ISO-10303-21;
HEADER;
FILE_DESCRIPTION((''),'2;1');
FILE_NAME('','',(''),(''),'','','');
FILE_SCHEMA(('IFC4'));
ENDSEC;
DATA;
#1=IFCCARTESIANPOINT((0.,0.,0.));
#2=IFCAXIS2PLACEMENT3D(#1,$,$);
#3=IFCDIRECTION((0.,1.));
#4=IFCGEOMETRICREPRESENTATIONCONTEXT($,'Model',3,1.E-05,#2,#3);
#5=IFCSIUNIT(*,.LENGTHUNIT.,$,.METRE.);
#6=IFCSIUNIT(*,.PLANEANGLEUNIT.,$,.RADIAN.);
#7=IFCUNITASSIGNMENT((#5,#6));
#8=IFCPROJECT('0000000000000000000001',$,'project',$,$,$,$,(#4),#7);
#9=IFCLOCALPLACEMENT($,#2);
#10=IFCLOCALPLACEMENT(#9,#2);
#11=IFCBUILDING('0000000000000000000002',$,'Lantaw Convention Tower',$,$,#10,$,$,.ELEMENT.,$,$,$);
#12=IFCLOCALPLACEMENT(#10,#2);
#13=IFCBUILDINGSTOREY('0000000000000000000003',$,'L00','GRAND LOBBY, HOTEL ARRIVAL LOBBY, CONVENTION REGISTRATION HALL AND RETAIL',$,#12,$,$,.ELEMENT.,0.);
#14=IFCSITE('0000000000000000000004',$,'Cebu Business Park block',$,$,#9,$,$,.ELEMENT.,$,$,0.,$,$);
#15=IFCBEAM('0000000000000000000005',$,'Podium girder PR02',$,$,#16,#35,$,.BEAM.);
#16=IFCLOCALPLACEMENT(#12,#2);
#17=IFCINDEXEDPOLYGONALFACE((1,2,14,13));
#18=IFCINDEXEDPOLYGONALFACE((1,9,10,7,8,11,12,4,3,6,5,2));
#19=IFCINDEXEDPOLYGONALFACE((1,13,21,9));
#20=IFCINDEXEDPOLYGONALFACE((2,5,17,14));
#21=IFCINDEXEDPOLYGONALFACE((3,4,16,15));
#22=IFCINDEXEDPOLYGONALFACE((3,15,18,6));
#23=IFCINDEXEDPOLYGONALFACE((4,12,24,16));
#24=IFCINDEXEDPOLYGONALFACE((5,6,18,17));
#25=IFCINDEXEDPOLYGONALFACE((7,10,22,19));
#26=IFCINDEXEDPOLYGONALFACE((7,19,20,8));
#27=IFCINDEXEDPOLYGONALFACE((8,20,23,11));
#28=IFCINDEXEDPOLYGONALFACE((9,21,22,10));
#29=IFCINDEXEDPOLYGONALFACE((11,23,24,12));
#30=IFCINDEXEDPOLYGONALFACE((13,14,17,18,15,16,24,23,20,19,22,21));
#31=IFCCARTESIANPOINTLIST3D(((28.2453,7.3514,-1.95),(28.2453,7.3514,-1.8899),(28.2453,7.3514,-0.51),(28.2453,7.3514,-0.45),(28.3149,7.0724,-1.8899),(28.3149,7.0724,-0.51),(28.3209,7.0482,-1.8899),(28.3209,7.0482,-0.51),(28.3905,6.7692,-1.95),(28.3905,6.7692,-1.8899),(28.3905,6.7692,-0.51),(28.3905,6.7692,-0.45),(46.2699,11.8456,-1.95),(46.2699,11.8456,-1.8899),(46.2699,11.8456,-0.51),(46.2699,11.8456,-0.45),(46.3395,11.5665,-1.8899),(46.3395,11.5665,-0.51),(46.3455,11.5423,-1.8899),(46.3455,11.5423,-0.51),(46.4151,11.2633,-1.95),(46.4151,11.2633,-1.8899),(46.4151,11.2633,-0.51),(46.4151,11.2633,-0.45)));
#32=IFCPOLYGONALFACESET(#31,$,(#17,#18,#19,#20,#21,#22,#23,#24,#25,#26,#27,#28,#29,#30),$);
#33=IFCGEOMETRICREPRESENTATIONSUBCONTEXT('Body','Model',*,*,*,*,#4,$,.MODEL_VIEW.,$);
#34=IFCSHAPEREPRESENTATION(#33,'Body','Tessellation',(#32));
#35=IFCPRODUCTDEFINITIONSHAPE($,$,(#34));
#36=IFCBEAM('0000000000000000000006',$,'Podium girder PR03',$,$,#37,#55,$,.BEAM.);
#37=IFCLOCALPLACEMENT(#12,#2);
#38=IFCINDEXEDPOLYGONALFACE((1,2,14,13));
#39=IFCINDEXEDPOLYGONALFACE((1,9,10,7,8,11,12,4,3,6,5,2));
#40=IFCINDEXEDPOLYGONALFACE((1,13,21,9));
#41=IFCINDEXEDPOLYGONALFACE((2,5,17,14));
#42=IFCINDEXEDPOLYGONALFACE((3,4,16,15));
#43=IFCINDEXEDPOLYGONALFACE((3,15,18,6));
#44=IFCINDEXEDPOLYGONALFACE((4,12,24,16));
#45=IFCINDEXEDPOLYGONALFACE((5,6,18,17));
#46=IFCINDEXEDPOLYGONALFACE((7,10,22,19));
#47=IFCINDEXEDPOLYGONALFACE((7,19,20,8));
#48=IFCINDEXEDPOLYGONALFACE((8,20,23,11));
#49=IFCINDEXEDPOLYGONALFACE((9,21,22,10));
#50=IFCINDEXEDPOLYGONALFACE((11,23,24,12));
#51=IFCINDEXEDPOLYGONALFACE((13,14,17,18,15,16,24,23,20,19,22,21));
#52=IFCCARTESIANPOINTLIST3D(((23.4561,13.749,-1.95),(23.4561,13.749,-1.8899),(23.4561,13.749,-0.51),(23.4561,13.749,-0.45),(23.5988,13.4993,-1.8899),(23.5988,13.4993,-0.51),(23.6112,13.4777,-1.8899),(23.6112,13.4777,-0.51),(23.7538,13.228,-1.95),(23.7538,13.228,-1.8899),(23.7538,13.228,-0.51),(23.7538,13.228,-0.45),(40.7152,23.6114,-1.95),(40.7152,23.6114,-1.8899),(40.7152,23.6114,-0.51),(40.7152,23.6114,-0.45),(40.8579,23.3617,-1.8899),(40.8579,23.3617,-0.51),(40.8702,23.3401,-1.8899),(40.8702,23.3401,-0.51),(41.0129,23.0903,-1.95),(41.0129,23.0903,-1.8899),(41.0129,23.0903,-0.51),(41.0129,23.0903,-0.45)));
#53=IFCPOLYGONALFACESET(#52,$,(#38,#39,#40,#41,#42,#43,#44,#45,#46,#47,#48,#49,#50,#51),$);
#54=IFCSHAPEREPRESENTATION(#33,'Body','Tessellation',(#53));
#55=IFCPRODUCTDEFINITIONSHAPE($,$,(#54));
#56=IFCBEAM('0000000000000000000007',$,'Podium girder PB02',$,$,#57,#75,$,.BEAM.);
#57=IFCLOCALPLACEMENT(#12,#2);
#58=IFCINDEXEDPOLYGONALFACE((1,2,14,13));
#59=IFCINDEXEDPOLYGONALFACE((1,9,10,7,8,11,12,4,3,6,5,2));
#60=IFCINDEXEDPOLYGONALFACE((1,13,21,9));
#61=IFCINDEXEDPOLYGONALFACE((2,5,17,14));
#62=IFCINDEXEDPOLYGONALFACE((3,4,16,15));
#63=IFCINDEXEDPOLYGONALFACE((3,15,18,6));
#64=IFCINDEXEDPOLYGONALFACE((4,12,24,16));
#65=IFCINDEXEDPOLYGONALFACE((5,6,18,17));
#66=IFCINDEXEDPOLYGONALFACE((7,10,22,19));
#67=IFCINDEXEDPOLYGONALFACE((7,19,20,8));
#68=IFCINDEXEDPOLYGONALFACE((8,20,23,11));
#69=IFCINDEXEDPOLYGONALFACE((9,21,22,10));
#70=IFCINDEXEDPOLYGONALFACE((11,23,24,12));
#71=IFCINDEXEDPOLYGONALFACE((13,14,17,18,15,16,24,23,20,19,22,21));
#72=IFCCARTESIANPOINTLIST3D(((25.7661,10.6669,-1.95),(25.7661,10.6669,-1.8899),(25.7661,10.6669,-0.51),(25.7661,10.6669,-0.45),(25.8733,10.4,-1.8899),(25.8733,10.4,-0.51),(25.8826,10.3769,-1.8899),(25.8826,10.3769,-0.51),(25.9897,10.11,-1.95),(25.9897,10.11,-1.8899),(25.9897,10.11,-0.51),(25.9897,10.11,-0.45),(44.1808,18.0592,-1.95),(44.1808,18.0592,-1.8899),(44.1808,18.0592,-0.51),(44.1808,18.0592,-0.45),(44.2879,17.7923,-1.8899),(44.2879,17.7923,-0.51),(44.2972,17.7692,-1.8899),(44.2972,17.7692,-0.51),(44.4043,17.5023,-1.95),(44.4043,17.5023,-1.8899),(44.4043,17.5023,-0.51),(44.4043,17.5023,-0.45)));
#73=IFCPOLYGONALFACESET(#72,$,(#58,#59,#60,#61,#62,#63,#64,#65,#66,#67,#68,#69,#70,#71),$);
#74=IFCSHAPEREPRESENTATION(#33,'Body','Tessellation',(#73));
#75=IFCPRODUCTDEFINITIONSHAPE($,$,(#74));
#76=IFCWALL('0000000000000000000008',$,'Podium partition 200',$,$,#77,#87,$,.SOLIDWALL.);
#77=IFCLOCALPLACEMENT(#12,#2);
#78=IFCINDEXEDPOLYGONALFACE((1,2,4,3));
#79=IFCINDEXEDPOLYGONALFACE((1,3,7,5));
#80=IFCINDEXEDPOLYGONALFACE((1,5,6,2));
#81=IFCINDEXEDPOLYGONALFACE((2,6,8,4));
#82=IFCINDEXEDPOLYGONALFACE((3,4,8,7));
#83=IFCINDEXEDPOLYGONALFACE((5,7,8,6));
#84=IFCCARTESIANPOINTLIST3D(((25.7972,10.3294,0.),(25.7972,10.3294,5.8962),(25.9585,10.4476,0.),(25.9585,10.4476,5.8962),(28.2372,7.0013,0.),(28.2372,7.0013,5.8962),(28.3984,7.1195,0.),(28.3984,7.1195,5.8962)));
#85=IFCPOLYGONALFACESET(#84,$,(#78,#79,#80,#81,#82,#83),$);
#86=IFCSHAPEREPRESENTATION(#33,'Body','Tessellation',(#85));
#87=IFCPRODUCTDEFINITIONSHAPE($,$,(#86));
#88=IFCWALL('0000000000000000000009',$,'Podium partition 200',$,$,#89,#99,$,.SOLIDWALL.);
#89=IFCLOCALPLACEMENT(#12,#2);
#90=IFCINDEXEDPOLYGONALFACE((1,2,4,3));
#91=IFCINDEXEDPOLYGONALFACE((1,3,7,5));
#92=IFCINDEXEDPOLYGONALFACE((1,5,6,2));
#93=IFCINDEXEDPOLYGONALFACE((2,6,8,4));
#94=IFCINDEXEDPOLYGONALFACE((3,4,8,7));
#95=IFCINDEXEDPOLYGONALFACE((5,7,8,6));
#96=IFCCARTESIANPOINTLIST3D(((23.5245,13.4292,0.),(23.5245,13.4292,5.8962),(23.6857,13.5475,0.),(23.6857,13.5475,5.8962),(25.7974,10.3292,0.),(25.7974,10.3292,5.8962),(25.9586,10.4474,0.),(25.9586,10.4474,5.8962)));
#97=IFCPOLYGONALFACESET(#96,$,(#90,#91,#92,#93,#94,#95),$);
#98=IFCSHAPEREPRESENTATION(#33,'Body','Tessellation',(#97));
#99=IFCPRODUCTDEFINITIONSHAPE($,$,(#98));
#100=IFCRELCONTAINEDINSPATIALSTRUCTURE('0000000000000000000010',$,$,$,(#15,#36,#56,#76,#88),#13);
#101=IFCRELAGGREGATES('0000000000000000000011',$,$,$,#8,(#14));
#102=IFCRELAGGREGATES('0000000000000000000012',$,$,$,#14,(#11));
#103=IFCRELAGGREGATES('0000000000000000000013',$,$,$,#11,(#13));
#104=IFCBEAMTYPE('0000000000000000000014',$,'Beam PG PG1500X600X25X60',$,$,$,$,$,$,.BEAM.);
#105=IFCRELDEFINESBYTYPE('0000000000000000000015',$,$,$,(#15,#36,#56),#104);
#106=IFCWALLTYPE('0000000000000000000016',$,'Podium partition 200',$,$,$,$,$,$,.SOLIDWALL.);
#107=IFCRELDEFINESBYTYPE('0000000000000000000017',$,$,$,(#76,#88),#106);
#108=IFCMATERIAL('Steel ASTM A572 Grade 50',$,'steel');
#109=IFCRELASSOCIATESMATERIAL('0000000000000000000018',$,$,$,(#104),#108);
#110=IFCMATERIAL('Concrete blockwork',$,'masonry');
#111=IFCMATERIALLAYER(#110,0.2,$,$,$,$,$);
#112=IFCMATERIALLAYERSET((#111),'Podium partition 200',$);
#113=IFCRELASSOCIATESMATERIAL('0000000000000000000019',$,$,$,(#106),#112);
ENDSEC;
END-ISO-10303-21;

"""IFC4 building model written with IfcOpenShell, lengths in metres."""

from ifc_helpers import new_model, si_unit, direction, frame, frame_2d, origin, origin_2d, place, context, subcontext, project, spatial, rectangle, i_section, extrude, material, layer, layer_set, material_profile, profile_set, type_object, element, save


model = new_model("IFC4")

# Units and contexts
model_context = context("Model", 3, precision=1e-05, world=origin(), true_north=direction((0.0, 1.0)))
body_context = subcontext(model_context, "Body", "Model", "MODEL_VIEW")
ifc_project = project(units=[si_unit("LENGTHUNIT", "METRE"), si_unit("PLANEANGLEUNIT", "RADIAN")], contexts=[model_context])

# Site, building, storey
site_placement = place(None, origin())
site = spatial("IfcSite", under=ifc_project, at=site_placement, Name="Cebu Business Park block", CompositionType="ELEMENT", RefElevation=0.0)
building_placement = place(site_placement, origin())
building = spatial("IfcBuilding", under=site, at=building_placement, Name="Lantaw Convention Tower", CompositionType="ELEMENT")
storey_placement = place(building_placement, origin())
storey = spatial("IfcBuildingStorey", under=building, at=storey_placement, Name="L00", Description="GRAND LOBBY, HOTEL ARRIVAL LOBBY, CONVENTION REGISTRATION HALL AND RETAIL", CompositionType="ELEMENT", Elevation=0.0)

# Shared definitions
ifc_material_1 = material(Name="Steel ASTM A572 Grade 50", Category="steel")

# Beams
ifc_material_profile_1 = material_profile(ifc_material_1, i_section(OverallWidth=0.6001, OverallDepth=1.5, WebThickness=0.0249, FlangeThickness=0.0601, at=origin_2d()), Name="PG1500X600X25X60")
ifc_profile_set_1 = profile_set([ifc_material_profile_1], Name="Steel ASTM A572 Grade 50")
beam_type_1 = type_object("IfcBeamType", Name="Beam PG PG1500X600X25X60", PredefinedType="BEAM", material=ifc_profile_set_1)
beam_1_placement = place(storey_placement, frame((28.3179, 7.0603, -1.2), z_axis=(0.970295, 0.241926, 0.0), x_axis=(-0.241926, 0.970295, 0.0)))
element("IfcBeam", 1, at=beam_1_placement, inside=storey, type_object=beam_type_1, Name="Podium girder PR02", PredefinedType="BEAM", context=body_context, shape_type="SweptSolid", body=[
    extrude(i_section(OverallWidth=0.6001, OverallDepth=1.5, WebThickness=0.0249, FlangeThickness=0.0601, at=origin_2d()), origin(), (0.0, 0.0, 1.0), 18.5764),
])
beam_2_placement = place(storey_placement, frame((23.605, 13.4885, -1.2), z_axis=(0.868243, 0.496139, 0.0), x_axis=(-0.496139, 0.868243, 0.0)))
element("IfcBeam", 2, at=beam_2_placement, inside=storey, type_object=beam_type_1, Name="Podium girder PR03", PredefinedType="BEAM", context=body_context, shape_type="SweptSolid", body=[
    extrude(i_section(OverallWidth=0.6001, OverallDepth=1.5, WebThickness=0.0249, FlangeThickness=0.0601, at=origin_2d()), origin(), (0.0, 0.0, 1.0), 19.8782),
])
beam_3_placement = place(storey_placement, frame((25.8779, 10.3884, -1.2), z_axis=(0.928015, 0.372542, 0.0), x_axis=(-0.372542, 0.928015, 0.0)))
element("IfcBeam", 3, at=beam_3_placement, inside=storey, type_object=beam_type_1, Name="Podium girder PB02", PredefinedType="BEAM", context=body_context, shape_type="SweptSolid", body=[
    extrude(i_section(OverallWidth=0.6001, OverallDepth=1.5, WebThickness=0.0249, FlangeThickness=0.0601, at=origin_2d()), origin(), (0.0, 0.0, 1.0), 19.843),
])

# Walls
ifc_material_2 = material(Name="Concrete blockwork", Category="masonry")
ifc_layer = layer(ifc_material_2, 0.2)
ifc_layer_set = layer_set([ifc_layer], Name="Podium partition 200")
wall_type = type_object("IfcWallType", Name="Podium partition 200", PredefinedType="SOLIDWALL", material=ifc_layer_set)
wall_1_placement = place(storey_placement, frame((28.3179, 7.0603, 0.0), z_axis=(0.0, 0.0, 1.0), x_axis=(-0.591256, 0.806484, 0.0)))
element("IfcWall", 4, at=wall_1_placement, inside=storey, type_object=wall_type, Name="Podium partition 200", PredefinedType="SOLIDWALL", context=body_context, shape_type="SweptSolid", body=[
    extrude(rectangle(XDim=4.1267, YDim=0.2, at=frame_2d((2.0635, 0.0))), origin(), (0.0, 0.0, 1.0), 5.8962),
])
wall_2_placement = place(storey_placement, frame((25.8779, 10.3884, 0.0), z_axis=(0.0, 0.0, 1.0), x_axis=(-0.591287, 0.806462, 0.0)))
element("IfcWall", 5, at=wall_2_placement, inside=storey, type_object=wall_type, Name="Podium partition 200", PredefinedType="SOLIDWALL", context=body_context, shape_type="SweptSolid", body=[
    extrude(rectangle(XDim=3.844, YDim=0.2, at=frame_2d((1.9219, 0.0))), origin(), (0.0, 0.0, 1.0), 5.8962),
])

save(model, "model.ifc")
